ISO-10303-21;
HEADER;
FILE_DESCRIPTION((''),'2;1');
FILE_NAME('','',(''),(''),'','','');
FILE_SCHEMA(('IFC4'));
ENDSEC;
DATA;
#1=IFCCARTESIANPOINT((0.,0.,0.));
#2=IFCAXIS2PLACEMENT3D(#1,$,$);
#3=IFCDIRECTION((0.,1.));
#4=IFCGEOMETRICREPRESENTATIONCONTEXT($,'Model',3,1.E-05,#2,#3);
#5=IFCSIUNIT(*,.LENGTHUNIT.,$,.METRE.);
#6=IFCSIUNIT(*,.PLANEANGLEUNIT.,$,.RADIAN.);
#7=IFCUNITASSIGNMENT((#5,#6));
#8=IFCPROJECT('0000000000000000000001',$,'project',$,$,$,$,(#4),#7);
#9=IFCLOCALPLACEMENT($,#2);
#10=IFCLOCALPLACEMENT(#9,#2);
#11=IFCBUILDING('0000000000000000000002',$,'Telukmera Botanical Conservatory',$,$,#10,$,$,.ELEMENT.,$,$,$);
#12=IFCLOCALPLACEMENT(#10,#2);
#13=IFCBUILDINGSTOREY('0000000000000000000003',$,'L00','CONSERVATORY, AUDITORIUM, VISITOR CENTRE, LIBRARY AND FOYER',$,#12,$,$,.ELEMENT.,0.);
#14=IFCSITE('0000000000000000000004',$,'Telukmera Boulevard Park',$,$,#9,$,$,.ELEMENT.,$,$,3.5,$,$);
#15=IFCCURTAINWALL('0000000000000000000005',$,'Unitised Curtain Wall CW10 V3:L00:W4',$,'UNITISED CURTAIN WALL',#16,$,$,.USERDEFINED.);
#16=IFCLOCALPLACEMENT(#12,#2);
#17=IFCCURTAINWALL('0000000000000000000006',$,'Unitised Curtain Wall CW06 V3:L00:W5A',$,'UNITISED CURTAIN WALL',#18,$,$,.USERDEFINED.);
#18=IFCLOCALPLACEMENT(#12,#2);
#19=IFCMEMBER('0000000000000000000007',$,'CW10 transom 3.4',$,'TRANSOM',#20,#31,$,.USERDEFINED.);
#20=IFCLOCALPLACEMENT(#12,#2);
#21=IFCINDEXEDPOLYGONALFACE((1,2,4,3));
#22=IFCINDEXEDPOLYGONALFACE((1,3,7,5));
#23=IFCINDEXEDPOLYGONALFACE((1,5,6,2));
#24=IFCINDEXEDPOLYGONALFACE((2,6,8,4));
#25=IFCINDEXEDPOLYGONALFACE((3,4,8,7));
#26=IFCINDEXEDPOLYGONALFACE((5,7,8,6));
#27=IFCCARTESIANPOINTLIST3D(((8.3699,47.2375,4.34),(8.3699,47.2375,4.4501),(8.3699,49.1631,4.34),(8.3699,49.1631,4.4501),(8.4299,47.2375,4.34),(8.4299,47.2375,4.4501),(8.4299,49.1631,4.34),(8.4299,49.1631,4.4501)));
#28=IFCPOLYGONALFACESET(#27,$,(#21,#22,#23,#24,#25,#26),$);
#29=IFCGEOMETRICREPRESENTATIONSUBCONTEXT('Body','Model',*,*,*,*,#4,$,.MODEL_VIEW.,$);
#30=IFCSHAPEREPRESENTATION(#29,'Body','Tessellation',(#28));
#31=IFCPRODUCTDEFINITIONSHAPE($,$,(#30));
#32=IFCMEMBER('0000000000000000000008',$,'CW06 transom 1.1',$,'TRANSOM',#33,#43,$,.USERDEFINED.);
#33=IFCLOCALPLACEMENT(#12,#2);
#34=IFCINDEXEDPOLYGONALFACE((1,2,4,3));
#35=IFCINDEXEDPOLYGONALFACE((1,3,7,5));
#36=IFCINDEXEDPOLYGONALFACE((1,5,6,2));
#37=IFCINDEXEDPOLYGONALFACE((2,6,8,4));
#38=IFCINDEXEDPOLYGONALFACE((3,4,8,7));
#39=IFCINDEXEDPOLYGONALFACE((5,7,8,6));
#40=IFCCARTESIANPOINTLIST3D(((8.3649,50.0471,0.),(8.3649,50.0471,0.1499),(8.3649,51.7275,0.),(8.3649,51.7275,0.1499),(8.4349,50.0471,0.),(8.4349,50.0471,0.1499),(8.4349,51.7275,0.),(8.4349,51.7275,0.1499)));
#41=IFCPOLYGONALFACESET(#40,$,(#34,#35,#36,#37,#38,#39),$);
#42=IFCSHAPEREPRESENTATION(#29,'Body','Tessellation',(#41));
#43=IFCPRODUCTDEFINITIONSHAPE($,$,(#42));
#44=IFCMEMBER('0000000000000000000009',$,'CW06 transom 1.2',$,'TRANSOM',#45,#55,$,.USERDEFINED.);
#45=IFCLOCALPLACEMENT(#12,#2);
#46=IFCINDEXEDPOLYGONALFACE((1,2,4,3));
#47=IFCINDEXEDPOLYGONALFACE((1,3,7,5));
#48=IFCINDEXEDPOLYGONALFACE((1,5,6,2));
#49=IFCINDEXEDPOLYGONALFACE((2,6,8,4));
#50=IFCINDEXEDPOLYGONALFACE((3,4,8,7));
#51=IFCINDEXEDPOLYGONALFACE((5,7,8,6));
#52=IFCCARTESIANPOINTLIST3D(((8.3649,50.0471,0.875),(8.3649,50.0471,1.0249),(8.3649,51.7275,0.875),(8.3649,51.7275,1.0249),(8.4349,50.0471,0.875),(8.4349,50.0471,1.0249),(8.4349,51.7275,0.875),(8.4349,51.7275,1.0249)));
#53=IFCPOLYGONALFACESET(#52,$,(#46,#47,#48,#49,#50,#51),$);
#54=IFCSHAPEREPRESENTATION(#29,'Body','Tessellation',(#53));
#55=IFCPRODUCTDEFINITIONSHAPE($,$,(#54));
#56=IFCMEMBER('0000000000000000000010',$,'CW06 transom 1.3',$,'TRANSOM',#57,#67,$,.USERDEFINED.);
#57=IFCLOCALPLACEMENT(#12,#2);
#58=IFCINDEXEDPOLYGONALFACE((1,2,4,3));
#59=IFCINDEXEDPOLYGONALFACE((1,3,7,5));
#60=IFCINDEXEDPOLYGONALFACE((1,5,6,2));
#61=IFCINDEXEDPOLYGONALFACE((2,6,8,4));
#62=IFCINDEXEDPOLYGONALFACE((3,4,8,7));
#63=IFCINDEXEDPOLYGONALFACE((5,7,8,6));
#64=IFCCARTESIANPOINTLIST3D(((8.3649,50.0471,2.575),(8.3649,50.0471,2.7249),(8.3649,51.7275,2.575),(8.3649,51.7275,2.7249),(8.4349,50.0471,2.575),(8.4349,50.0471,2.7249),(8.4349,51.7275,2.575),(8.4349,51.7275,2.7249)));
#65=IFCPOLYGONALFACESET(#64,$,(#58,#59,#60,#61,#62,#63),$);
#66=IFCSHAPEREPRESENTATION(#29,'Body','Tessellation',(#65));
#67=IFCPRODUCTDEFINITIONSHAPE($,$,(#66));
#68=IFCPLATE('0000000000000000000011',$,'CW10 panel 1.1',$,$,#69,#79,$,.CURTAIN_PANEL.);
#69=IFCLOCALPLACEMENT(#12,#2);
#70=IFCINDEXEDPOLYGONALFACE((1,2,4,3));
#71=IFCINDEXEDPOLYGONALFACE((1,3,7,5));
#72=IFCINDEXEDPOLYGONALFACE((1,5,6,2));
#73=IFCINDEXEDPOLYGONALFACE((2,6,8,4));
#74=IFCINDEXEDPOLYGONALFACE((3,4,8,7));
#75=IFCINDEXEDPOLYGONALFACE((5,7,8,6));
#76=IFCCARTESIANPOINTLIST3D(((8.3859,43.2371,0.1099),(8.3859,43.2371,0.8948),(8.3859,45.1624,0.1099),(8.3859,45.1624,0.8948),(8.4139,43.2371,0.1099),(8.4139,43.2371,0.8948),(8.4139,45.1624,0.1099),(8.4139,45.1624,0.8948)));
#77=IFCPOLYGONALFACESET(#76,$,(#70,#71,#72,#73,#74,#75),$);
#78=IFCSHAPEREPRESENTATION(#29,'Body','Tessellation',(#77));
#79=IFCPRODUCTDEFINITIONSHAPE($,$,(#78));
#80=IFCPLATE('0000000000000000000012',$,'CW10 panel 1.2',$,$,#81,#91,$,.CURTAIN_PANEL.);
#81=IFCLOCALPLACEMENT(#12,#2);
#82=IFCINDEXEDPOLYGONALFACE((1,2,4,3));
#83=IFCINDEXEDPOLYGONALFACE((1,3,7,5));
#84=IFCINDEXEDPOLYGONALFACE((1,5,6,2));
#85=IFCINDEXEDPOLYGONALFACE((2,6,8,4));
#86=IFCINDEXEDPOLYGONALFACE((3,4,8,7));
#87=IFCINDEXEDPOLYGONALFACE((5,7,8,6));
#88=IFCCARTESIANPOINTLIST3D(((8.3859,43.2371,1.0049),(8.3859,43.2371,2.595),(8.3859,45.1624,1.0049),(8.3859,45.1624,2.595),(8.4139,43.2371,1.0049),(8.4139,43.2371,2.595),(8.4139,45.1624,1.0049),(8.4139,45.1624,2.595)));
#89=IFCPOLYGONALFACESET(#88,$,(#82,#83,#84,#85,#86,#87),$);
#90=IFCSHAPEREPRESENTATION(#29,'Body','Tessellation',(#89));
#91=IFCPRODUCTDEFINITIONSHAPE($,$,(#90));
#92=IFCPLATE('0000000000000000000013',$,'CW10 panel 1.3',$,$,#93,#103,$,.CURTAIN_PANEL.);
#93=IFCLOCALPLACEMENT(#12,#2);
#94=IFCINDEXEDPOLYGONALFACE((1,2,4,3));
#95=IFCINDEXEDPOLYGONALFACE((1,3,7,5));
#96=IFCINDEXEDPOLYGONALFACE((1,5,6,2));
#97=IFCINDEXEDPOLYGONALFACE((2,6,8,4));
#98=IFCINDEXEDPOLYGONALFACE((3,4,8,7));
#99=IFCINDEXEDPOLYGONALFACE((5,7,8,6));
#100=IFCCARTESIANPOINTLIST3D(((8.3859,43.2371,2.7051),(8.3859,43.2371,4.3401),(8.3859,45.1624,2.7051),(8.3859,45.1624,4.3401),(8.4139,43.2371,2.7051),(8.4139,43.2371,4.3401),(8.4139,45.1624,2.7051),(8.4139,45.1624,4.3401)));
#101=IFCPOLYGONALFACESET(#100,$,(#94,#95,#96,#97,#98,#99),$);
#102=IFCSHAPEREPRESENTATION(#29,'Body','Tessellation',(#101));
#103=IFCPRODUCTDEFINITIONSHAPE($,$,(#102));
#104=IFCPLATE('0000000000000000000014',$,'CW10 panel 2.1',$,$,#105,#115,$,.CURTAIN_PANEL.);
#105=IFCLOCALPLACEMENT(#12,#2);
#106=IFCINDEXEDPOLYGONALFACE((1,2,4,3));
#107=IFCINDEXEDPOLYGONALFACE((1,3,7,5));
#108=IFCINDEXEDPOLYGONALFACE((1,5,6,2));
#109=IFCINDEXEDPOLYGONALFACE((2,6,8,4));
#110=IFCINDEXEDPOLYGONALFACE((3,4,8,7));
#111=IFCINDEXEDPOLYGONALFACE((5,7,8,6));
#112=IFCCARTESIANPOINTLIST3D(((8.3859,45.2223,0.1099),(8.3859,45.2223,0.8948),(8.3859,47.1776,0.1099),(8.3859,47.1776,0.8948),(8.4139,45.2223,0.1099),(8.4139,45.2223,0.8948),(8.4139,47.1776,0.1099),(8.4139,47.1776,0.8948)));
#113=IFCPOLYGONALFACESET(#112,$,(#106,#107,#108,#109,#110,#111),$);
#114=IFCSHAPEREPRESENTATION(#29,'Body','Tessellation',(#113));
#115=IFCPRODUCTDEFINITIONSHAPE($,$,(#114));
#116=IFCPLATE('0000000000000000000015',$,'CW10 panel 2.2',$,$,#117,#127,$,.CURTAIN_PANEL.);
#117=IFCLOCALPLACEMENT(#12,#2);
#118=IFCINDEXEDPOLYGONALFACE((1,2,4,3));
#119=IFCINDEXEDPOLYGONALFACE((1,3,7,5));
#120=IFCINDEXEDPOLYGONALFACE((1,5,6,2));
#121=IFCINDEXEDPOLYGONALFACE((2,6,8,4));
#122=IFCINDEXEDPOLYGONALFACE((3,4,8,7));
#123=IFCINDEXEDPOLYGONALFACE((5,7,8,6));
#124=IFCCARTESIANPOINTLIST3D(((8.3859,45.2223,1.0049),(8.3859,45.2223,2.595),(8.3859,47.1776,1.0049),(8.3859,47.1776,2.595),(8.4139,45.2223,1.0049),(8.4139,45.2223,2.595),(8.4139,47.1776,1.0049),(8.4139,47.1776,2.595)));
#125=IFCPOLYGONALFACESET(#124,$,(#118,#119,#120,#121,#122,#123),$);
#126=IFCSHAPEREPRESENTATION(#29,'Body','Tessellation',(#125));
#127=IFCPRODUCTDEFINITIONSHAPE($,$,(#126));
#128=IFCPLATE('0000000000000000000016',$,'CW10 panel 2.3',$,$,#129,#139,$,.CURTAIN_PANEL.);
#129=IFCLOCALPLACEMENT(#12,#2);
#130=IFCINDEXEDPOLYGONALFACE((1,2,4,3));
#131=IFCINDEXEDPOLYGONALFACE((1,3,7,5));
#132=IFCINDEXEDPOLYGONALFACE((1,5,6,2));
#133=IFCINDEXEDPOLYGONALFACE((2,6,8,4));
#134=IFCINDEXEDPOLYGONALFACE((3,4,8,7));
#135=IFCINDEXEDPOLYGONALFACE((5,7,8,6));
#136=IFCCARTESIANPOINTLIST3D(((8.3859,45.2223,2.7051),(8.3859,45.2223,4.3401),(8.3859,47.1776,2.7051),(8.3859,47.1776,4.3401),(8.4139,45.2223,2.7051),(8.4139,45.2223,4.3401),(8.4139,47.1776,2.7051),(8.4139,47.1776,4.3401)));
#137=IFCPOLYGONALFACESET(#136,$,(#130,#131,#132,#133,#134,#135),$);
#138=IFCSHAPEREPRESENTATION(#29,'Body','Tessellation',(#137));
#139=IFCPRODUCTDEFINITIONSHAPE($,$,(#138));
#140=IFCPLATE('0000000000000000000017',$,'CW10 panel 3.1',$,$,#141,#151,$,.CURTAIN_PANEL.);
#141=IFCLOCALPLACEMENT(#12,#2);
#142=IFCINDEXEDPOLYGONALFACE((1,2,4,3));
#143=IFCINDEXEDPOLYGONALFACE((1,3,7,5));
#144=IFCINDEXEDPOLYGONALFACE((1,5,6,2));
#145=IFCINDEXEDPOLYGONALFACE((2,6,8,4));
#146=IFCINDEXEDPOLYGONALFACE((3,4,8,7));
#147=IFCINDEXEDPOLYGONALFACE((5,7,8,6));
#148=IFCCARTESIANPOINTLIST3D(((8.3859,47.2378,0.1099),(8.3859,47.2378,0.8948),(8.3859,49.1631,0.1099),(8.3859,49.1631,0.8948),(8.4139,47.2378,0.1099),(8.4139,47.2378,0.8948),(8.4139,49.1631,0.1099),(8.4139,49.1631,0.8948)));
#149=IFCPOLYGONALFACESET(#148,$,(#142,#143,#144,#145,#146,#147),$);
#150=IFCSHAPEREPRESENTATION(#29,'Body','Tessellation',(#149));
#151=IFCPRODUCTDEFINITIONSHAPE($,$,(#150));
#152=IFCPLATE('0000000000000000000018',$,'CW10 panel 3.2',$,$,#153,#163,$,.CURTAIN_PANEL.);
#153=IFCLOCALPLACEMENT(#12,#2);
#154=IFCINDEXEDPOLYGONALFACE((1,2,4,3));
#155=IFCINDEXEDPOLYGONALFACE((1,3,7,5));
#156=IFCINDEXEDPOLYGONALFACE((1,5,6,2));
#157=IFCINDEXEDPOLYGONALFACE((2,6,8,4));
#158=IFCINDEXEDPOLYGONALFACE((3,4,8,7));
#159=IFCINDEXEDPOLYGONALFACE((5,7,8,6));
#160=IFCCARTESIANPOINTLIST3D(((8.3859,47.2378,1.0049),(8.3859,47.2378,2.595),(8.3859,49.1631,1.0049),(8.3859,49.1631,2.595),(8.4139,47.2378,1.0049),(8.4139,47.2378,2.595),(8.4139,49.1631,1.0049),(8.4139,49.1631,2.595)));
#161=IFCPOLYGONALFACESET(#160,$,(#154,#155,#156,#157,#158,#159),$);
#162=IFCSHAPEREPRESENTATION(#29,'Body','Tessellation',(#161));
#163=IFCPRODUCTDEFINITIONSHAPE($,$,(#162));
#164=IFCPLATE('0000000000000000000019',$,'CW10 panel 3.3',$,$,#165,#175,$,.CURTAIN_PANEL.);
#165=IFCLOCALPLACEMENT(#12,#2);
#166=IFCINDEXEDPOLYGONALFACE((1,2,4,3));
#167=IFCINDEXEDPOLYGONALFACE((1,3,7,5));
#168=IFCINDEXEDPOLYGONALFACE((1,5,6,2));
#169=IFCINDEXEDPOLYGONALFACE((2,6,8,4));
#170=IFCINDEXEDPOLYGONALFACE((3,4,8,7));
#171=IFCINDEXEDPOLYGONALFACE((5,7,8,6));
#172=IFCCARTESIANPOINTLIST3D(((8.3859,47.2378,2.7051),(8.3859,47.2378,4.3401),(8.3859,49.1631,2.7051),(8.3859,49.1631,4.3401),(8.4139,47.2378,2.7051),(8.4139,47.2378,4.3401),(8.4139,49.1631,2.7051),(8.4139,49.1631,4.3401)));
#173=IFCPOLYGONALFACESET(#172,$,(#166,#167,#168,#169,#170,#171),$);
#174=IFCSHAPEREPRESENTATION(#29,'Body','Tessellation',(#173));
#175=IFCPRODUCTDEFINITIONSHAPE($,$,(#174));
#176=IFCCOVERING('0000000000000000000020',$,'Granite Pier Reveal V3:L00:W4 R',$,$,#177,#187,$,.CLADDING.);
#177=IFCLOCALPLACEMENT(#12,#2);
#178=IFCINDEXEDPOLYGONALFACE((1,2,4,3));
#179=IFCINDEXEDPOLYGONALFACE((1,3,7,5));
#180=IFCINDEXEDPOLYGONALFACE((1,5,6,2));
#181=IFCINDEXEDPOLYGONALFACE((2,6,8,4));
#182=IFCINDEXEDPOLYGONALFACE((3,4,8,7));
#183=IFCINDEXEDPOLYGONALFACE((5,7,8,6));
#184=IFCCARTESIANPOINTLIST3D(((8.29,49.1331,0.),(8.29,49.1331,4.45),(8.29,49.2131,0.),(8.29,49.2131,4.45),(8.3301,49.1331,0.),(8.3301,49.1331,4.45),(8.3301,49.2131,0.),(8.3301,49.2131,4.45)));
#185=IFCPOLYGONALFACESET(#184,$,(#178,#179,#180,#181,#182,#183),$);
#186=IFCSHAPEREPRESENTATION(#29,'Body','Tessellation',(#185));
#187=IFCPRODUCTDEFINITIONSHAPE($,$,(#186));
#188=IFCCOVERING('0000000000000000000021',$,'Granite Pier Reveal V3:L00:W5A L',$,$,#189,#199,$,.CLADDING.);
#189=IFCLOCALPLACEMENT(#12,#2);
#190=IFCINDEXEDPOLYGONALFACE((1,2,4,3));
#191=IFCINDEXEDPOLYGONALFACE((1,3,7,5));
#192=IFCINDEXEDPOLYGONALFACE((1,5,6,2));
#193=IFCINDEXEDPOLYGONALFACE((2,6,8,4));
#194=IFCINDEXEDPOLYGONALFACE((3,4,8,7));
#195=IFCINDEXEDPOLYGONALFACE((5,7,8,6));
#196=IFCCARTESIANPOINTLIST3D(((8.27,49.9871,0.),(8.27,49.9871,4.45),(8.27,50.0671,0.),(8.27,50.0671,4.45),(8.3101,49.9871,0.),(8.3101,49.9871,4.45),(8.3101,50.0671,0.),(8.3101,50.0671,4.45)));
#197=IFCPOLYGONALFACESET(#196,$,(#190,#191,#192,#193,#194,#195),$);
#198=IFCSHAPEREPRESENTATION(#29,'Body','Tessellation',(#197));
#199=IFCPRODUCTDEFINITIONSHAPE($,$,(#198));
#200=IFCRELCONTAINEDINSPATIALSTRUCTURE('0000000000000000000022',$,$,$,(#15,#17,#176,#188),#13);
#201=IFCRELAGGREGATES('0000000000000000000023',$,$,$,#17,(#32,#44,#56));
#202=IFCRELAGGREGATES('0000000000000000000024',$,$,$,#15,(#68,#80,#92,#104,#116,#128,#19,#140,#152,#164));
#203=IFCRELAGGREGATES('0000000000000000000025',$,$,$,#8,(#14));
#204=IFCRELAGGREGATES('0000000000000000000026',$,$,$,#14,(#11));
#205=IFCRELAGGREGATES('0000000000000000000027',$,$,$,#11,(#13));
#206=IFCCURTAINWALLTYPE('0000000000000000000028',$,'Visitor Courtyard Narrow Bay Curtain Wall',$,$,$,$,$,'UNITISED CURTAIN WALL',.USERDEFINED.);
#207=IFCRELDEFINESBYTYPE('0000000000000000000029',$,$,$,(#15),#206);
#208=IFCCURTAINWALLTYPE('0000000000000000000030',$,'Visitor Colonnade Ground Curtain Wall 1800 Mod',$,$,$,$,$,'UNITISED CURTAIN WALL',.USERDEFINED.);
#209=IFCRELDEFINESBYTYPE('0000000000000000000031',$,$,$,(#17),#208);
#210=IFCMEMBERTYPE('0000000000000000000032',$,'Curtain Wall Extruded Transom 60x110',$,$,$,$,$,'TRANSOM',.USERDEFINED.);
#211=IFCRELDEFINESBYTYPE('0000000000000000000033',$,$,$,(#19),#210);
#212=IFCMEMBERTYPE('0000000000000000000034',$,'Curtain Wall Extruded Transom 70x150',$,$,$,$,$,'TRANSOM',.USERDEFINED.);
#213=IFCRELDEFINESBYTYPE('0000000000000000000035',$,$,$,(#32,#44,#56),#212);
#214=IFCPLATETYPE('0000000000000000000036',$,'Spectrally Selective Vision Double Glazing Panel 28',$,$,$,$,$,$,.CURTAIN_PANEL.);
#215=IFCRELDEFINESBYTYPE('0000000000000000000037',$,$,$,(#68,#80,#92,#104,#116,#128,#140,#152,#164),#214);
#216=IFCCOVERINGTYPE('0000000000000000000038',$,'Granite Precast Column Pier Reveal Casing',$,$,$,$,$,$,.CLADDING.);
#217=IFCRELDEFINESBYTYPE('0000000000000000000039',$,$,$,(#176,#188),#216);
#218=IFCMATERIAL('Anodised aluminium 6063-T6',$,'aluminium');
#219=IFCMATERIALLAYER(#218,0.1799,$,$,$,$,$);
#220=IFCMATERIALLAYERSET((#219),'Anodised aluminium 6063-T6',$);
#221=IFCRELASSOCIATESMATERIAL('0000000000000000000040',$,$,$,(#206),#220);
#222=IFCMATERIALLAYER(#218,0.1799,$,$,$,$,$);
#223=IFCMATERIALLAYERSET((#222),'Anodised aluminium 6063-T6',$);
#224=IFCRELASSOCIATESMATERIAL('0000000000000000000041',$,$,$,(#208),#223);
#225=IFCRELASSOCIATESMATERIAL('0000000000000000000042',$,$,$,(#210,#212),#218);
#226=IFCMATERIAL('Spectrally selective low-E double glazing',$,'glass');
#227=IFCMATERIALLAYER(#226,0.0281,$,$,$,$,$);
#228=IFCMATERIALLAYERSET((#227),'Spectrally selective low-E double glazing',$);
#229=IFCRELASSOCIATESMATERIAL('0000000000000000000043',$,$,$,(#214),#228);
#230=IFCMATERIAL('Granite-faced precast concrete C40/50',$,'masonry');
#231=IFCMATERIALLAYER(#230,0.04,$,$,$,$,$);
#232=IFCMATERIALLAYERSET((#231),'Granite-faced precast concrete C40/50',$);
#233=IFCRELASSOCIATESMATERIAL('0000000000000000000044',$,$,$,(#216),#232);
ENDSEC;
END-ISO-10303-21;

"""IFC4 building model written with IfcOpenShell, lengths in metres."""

from ifc_helpers import new_model, si_unit, direction, frame, origin, origin_2d, place, context, subcontext, project, spatial, rectangle, extrude, material, layer, layer_set, material_profile, profile_set, type_object, element, aggregate, save


model = new_model("IFC4")

# Units and contexts
model_context = context("Model", 3, precision=1e-05, world=origin(), true_north=direction((0.0, 1.0)))
body_context = subcontext(model_context, "Body", "Model", "MODEL_VIEW")
ifc_project = project(units=[si_unit("LENGTHUNIT", "METRE"), si_unit("PLANEANGLEUNIT", "RADIAN")], contexts=[model_context])

# Site, building, storey
site_placement = place(None, origin())
site = spatial("IfcSite", under=ifc_project, at=site_placement, Name="Telukmera Boulevard Park", CompositionType="ELEMENT", RefElevation=3.5)
building_placement = place(site_placement, origin())
building = spatial("IfcBuilding", under=site, at=building_placement, Name="Telukmera Botanical Conservatory", CompositionType="ELEMENT")
storey_placement = place(building_placement, origin())
storey = spatial("IfcBuildingStorey", under=building, at=storey_placement, Name="L00", Description="CONSERVATORY, AUDITORIUM, VISITOR CENTRE, LIBRARY AND FOYER", CompositionType="ELEMENT", Elevation=0.0)

# Curtain wall
ifc_material_1 = material(Name="Anodised aluminium 6063-T6", Category="aluminium")
ifc_layer_1 = layer(ifc_material_1, 0.1799)
ifc_layer_set_1 = layer_set([ifc_layer_1], Name="Anodised aluminium 6063-T6")
curtain_wall_type_1 = type_object("IfcCurtainWallType", Name="Visitor Courtyard Narrow Bay Curtain Wall", ElementType="UNITISED CURTAIN WALL", PredefinedType="USERDEFINED", material=ifc_layer_set_1)
curtain_wall_1_placement = place(storey_placement, origin())
curtain_wall_1 = element("IfcCurtainWall", 1, at=curtain_wall_1_placement, inside=storey, type_object=curtain_wall_type_1, Name="Unitised Curtain Wall CW10 V3:L00:W4", ObjectType="UNITISED CURTAIN WALL", PredefinedType="USERDEFINED")

# Curtain wall
ifc_layer_2 = layer(ifc_material_1, 0.1799)
ifc_layer_set_2 = layer_set([ifc_layer_2], Name="Anodised aluminium 6063-T6")
curtain_wall_type_2 = type_object("IfcCurtainWallType", Name="Visitor Colonnade Ground Curtain Wall 1800 Mod", ElementType="UNITISED CURTAIN WALL", PredefinedType="USERDEFINED", material=ifc_layer_set_2)
curtain_wall_2_placement = place(storey_placement, origin())
curtain_wall_2 = element("IfcCurtainWall", 2, at=curtain_wall_2_placement, inside=storey, type_object=curtain_wall_type_2, Name="Unitised Curtain Wall CW06 V3:L00:W5A", ObjectType="UNITISED CURTAIN WALL", PredefinedType="USERDEFINED")

# Members
ifc_material_profile_1 = material_profile(ifc_material_1, rectangle(XDim=0.0601, YDim=0.1101, at=origin_2d()), Name="ALU TRAN 60x110")
ifc_profile_set_1 = profile_set([ifc_material_profile_1], Name="Anodised aluminium 6063-T6")
member_type_1 = type_object("IfcMemberType", Name="Curtain Wall Extruded Transom 60x110", ElementType="TRANSOM", PredefinedType="USERDEFINED", material=ifc_profile_set_1)
member_1_placement = place(storey_placement, frame((8.3999, 47.2375, 4.395), z_axis=(0.0, 1.0, 0.0), x_axis=(-1.0, 0.0, 0.0)))
member_1 = element("IfcMember", 3, at=member_1_placement, type_object=member_type_1, Name="CW10 transom 3.4", ObjectType="TRANSOM", PredefinedType="USERDEFINED", context=body_context, shape_type="SweptSolid", body=[
    extrude(rectangle(XDim=0.0601, YDim=0.1101, at=origin_2d()), origin(), (0.0, 0.0, 1.0), 1.9255),
])
ifc_material_profile_2 = material_profile(ifc_material_1, rectangle(XDim=0.0701, YDim=0.1499, at=origin_2d()), Name="ALU TRAN 70x150")
ifc_profile_set_2 = profile_set([ifc_material_profile_2], Name="Anodised aluminium 6063-T6")
member_type_2 = type_object("IfcMemberType", Name="Curtain Wall Extruded Transom 70x150", ElementType="TRANSOM", PredefinedType="USERDEFINED", material=ifc_profile_set_2)
member_2_placement = place(storey_placement, frame((8.3999, 50.0471, 0.075), z_axis=(0.0, 1.0, 0.0), x_axis=(-1.0, 0.0, 0.0)))
member_2 = element("IfcMember", 4, at=member_2_placement, type_object=member_type_2, Name="CW06 transom 1.1", ObjectType="TRANSOM", PredefinedType="USERDEFINED", context=body_context, shape_type="SweptSolid", body=[
    extrude(rectangle(XDim=0.0701, YDim=0.1499, at=origin_2d()), origin(), (0.0, 0.0, 1.0), 1.6804),
])
member_3_placement = place(storey_placement, frame((8.3999, 50.0471, 0.95), z_axis=(0.0, 1.0, 0.0), x_axis=(-1.0, 0.0, 0.0)))
member_3 = element("IfcMember", 5, at=member_3_placement, type_object=member_type_2, Name="CW06 transom 1.2", ObjectType="TRANSOM", PredefinedType="USERDEFINED", context=body_context, shape_type="SweptSolid", body=[
    extrude(rectangle(XDim=0.0701, YDim=0.1499, at=origin_2d()), origin(), (0.0, 0.0, 1.0), 1.6804),
])
member_4_placement = place(storey_placement, frame((8.3999, 50.0471, 2.6499), z_axis=(0.0, 1.0, 0.0), x_axis=(-1.0, 0.0, 0.0)))
member_4 = element("IfcMember", 6, at=member_4_placement, type_object=member_type_2, Name="CW06 transom 1.3", ObjectType="TRANSOM", PredefinedType="USERDEFINED", context=body_context, shape_type="SweptSolid", body=[
    extrude(rectangle(XDim=0.0701, YDim=0.1499, at=origin_2d()), origin(), (0.0, 0.0, 1.0), 1.6804),
])
aggregate(curtain_wall_2, [member_2, member_3, member_4])

# Plates
ifc_material_2 = material(Name="Spectrally selective low-E double glazing", Category="glass")
ifc_layer_3 = layer(ifc_material_2, 0.0281)
ifc_layer_set_3 = layer_set([ifc_layer_3], Name="Spectrally selective low-E double glazing")
plate_type = type_object("IfcPlateType", Name="Spectrally Selective Vision Double Glazing Panel 28", PredefinedType="CURTAIN_PANEL", material=ifc_layer_set_3)
plate_1_placement = place(storey_placement, frame((8.3999, 44.1997, 0.1099), z_axis=(0.0, 0.0, 1.0), x_axis=(0.0, 1.0, 0.0)))
plate_1 = element("IfcPlate", 7, at=plate_1_placement, type_object=plate_type, Name="CW10 panel 1.1", PredefinedType="CURTAIN_PANEL", context=body_context, shape_type="SweptSolid", body=[
    extrude(rectangle(XDim=1.9253, YDim=0.0281, at=origin_2d()), origin(), (0.0, 0.0, 1.0), 0.7849),
])
plate_2_placement = place(storey_placement, frame((8.3999, 44.1997, 1.0049), z_axis=(0.0, 0.0, 1.0), x_axis=(0.0, 1.0, 0.0)))
plate_2 = element("IfcPlate", 8, at=plate_2_placement, type_object=plate_type, Name="CW10 panel 1.2", PredefinedType="CURTAIN_PANEL", context=body_context, shape_type="SweptSolid", body=[
    extrude(rectangle(XDim=1.9253, YDim=0.0281, at=origin_2d()), origin(), (0.0, 0.0, 1.0), 1.5901),
])
plate_3_placement = place(storey_placement, frame((8.3999, 44.1997, 2.7051), z_axis=(0.0, 0.0, 1.0), x_axis=(0.0, 1.0, 0.0)))
plate_3 = element("IfcPlate", 9, at=plate_3_placement, type_object=plate_type, Name="CW10 panel 1.3", PredefinedType="CURTAIN_PANEL", context=body_context, shape_type="SweptSolid", body=[
    extrude(rectangle(XDim=1.9253, YDim=0.0281, at=origin_2d()), origin(), (0.0, 0.0, 1.0), 1.635),
])
plate_4_placement = place(storey_placement, frame((8.3999, 46.2, 0.1099), z_axis=(0.0, 0.0, 1.0), x_axis=(0.0, 1.0, 0.0)))
plate_4 = element("IfcPlate", 10, at=plate_4_placement, type_object=plate_type, Name="CW10 panel 2.1", PredefinedType="CURTAIN_PANEL", context=body_context, shape_type="SweptSolid", body=[
    extrude(rectangle(XDim=1.9553, YDim=0.0281, at=origin_2d()), origin(), (0.0, 0.0, 1.0), 0.7849),
])
plate_5_placement = place(storey_placement, frame((8.3999, 46.2, 1.0049), z_axis=(0.0, 0.0, 1.0), x_axis=(0.0, 1.0, 0.0)))
plate_5 = element("IfcPlate", 11, at=plate_5_placement, type_object=plate_type, Name="CW10 panel 2.2", PredefinedType="CURTAIN_PANEL", context=body_context, shape_type="SweptSolid", body=[
    extrude(rectangle(XDim=1.9553, YDim=0.0281, at=origin_2d()), origin(), (0.0, 0.0, 1.0), 1.5901),
])
plate_6_placement = place(storey_placement, frame((8.3999, 46.2, 2.7051), z_axis=(0.0, 0.0, 1.0), x_axis=(0.0, 1.0, 0.0)))
plate_6 = element("IfcPlate", 12, at=plate_6_placement, type_object=plate_type, Name="CW10 panel 2.3", PredefinedType="CURTAIN_PANEL", context=body_context, shape_type="SweptSolid", body=[
    extrude(rectangle(XDim=1.9553, YDim=0.0281, at=origin_2d()), origin(), (0.0, 0.0, 1.0), 1.635),
])
plate_7_placement = place(storey_placement, frame((8.3999, 48.2004, 0.1099), z_axis=(0.0, 0.0, 1.0), x_axis=(0.0, 1.0, 0.0)))
plate_7 = element("IfcPlate", 13, at=plate_7_placement, type_object=plate_type, Name="CW10 panel 3.1", PredefinedType="CURTAIN_PANEL", context=body_context, shape_type="SweptSolid", body=[
    extrude(rectangle(XDim=1.9253, YDim=0.0281, at=origin_2d()), origin(), (0.0, 0.0, 1.0), 0.7849),
])
plate_8_placement = place(storey_placement, frame((8.3999, 48.2004, 1.0049), z_axis=(0.0, 0.0, 1.0), x_axis=(0.0, 1.0, 0.0)))
plate_8 = element("IfcPlate", 14, at=plate_8_placement, type_object=plate_type, Name="CW10 panel 3.2", PredefinedType="CURTAIN_PANEL", context=body_context, shape_type="SweptSolid", body=[
    extrude(rectangle(XDim=1.9253, YDim=0.0281, at=origin_2d()), origin(), (0.0, 0.0, 1.0), 1.5901),
])
plate_9_placement = place(storey_placement, frame((8.3999, 48.2004, 2.7051), z_axis=(0.0, 0.0, 1.0), x_axis=(0.0, 1.0, 0.0)))
plate_9 = element("IfcPlate", 15, at=plate_9_placement, type_object=plate_type, Name="CW10 panel 3.3", PredefinedType="CURTAIN_PANEL", context=body_context, shape_type="SweptSolid", body=[
    extrude(rectangle(XDim=1.9253, YDim=0.0281, at=origin_2d()), origin(), (0.0, 0.0, 1.0), 1.635),
])
aggregate(curtain_wall_1, [plate_1, plate_2, plate_3, plate_4, plate_5, plate_6, member_1, plate_7, plate_8, plate_9])

# Coverings
ifc_material_3 = material(Name="Granite-faced precast concrete C40/50", Category="masonry")
ifc_layer_4 = layer(ifc_material_3, 0.04)
ifc_layer_set_4 = layer_set([ifc_layer_4], Name="Granite-faced precast concrete C40/50")
covering_type = type_object("IfcCoveringType", Name="Granite Precast Column Pier Reveal Casing", PredefinedType="CLADDING", material=ifc_layer_set_4)
for number, where, z_axis, x_axis, name in (
    (16, (8.3101, 49.1731, 0.0), (0.0, 0.0, 1.0), (0.0, 1.0, 0.0), "Granite Pier Reveal V3:L00:W4 R"),
    (17, (8.29, 50.0271, 0.0), (0.0, 0.0, 1.0), (0.0, 1.0, 0.0), "Granite Pier Reveal V3:L00:W5A L"),
):
    element("IfcCovering", number, at=place(storey_placement, frame(where, z_axis=z_axis, x_axis=x_axis)), inside=storey, type_object=covering_type, Name=name, PredefinedType="CLADDING", context=body_context, shape_type="SweptSolid", body=[
        extrude(rectangle(XDim=0.0801, YDim=0.04, at=origin_2d()), origin(), (0.0, 0.0, 1.0), 4.45),
    ])

save(model, "model.ifc")
